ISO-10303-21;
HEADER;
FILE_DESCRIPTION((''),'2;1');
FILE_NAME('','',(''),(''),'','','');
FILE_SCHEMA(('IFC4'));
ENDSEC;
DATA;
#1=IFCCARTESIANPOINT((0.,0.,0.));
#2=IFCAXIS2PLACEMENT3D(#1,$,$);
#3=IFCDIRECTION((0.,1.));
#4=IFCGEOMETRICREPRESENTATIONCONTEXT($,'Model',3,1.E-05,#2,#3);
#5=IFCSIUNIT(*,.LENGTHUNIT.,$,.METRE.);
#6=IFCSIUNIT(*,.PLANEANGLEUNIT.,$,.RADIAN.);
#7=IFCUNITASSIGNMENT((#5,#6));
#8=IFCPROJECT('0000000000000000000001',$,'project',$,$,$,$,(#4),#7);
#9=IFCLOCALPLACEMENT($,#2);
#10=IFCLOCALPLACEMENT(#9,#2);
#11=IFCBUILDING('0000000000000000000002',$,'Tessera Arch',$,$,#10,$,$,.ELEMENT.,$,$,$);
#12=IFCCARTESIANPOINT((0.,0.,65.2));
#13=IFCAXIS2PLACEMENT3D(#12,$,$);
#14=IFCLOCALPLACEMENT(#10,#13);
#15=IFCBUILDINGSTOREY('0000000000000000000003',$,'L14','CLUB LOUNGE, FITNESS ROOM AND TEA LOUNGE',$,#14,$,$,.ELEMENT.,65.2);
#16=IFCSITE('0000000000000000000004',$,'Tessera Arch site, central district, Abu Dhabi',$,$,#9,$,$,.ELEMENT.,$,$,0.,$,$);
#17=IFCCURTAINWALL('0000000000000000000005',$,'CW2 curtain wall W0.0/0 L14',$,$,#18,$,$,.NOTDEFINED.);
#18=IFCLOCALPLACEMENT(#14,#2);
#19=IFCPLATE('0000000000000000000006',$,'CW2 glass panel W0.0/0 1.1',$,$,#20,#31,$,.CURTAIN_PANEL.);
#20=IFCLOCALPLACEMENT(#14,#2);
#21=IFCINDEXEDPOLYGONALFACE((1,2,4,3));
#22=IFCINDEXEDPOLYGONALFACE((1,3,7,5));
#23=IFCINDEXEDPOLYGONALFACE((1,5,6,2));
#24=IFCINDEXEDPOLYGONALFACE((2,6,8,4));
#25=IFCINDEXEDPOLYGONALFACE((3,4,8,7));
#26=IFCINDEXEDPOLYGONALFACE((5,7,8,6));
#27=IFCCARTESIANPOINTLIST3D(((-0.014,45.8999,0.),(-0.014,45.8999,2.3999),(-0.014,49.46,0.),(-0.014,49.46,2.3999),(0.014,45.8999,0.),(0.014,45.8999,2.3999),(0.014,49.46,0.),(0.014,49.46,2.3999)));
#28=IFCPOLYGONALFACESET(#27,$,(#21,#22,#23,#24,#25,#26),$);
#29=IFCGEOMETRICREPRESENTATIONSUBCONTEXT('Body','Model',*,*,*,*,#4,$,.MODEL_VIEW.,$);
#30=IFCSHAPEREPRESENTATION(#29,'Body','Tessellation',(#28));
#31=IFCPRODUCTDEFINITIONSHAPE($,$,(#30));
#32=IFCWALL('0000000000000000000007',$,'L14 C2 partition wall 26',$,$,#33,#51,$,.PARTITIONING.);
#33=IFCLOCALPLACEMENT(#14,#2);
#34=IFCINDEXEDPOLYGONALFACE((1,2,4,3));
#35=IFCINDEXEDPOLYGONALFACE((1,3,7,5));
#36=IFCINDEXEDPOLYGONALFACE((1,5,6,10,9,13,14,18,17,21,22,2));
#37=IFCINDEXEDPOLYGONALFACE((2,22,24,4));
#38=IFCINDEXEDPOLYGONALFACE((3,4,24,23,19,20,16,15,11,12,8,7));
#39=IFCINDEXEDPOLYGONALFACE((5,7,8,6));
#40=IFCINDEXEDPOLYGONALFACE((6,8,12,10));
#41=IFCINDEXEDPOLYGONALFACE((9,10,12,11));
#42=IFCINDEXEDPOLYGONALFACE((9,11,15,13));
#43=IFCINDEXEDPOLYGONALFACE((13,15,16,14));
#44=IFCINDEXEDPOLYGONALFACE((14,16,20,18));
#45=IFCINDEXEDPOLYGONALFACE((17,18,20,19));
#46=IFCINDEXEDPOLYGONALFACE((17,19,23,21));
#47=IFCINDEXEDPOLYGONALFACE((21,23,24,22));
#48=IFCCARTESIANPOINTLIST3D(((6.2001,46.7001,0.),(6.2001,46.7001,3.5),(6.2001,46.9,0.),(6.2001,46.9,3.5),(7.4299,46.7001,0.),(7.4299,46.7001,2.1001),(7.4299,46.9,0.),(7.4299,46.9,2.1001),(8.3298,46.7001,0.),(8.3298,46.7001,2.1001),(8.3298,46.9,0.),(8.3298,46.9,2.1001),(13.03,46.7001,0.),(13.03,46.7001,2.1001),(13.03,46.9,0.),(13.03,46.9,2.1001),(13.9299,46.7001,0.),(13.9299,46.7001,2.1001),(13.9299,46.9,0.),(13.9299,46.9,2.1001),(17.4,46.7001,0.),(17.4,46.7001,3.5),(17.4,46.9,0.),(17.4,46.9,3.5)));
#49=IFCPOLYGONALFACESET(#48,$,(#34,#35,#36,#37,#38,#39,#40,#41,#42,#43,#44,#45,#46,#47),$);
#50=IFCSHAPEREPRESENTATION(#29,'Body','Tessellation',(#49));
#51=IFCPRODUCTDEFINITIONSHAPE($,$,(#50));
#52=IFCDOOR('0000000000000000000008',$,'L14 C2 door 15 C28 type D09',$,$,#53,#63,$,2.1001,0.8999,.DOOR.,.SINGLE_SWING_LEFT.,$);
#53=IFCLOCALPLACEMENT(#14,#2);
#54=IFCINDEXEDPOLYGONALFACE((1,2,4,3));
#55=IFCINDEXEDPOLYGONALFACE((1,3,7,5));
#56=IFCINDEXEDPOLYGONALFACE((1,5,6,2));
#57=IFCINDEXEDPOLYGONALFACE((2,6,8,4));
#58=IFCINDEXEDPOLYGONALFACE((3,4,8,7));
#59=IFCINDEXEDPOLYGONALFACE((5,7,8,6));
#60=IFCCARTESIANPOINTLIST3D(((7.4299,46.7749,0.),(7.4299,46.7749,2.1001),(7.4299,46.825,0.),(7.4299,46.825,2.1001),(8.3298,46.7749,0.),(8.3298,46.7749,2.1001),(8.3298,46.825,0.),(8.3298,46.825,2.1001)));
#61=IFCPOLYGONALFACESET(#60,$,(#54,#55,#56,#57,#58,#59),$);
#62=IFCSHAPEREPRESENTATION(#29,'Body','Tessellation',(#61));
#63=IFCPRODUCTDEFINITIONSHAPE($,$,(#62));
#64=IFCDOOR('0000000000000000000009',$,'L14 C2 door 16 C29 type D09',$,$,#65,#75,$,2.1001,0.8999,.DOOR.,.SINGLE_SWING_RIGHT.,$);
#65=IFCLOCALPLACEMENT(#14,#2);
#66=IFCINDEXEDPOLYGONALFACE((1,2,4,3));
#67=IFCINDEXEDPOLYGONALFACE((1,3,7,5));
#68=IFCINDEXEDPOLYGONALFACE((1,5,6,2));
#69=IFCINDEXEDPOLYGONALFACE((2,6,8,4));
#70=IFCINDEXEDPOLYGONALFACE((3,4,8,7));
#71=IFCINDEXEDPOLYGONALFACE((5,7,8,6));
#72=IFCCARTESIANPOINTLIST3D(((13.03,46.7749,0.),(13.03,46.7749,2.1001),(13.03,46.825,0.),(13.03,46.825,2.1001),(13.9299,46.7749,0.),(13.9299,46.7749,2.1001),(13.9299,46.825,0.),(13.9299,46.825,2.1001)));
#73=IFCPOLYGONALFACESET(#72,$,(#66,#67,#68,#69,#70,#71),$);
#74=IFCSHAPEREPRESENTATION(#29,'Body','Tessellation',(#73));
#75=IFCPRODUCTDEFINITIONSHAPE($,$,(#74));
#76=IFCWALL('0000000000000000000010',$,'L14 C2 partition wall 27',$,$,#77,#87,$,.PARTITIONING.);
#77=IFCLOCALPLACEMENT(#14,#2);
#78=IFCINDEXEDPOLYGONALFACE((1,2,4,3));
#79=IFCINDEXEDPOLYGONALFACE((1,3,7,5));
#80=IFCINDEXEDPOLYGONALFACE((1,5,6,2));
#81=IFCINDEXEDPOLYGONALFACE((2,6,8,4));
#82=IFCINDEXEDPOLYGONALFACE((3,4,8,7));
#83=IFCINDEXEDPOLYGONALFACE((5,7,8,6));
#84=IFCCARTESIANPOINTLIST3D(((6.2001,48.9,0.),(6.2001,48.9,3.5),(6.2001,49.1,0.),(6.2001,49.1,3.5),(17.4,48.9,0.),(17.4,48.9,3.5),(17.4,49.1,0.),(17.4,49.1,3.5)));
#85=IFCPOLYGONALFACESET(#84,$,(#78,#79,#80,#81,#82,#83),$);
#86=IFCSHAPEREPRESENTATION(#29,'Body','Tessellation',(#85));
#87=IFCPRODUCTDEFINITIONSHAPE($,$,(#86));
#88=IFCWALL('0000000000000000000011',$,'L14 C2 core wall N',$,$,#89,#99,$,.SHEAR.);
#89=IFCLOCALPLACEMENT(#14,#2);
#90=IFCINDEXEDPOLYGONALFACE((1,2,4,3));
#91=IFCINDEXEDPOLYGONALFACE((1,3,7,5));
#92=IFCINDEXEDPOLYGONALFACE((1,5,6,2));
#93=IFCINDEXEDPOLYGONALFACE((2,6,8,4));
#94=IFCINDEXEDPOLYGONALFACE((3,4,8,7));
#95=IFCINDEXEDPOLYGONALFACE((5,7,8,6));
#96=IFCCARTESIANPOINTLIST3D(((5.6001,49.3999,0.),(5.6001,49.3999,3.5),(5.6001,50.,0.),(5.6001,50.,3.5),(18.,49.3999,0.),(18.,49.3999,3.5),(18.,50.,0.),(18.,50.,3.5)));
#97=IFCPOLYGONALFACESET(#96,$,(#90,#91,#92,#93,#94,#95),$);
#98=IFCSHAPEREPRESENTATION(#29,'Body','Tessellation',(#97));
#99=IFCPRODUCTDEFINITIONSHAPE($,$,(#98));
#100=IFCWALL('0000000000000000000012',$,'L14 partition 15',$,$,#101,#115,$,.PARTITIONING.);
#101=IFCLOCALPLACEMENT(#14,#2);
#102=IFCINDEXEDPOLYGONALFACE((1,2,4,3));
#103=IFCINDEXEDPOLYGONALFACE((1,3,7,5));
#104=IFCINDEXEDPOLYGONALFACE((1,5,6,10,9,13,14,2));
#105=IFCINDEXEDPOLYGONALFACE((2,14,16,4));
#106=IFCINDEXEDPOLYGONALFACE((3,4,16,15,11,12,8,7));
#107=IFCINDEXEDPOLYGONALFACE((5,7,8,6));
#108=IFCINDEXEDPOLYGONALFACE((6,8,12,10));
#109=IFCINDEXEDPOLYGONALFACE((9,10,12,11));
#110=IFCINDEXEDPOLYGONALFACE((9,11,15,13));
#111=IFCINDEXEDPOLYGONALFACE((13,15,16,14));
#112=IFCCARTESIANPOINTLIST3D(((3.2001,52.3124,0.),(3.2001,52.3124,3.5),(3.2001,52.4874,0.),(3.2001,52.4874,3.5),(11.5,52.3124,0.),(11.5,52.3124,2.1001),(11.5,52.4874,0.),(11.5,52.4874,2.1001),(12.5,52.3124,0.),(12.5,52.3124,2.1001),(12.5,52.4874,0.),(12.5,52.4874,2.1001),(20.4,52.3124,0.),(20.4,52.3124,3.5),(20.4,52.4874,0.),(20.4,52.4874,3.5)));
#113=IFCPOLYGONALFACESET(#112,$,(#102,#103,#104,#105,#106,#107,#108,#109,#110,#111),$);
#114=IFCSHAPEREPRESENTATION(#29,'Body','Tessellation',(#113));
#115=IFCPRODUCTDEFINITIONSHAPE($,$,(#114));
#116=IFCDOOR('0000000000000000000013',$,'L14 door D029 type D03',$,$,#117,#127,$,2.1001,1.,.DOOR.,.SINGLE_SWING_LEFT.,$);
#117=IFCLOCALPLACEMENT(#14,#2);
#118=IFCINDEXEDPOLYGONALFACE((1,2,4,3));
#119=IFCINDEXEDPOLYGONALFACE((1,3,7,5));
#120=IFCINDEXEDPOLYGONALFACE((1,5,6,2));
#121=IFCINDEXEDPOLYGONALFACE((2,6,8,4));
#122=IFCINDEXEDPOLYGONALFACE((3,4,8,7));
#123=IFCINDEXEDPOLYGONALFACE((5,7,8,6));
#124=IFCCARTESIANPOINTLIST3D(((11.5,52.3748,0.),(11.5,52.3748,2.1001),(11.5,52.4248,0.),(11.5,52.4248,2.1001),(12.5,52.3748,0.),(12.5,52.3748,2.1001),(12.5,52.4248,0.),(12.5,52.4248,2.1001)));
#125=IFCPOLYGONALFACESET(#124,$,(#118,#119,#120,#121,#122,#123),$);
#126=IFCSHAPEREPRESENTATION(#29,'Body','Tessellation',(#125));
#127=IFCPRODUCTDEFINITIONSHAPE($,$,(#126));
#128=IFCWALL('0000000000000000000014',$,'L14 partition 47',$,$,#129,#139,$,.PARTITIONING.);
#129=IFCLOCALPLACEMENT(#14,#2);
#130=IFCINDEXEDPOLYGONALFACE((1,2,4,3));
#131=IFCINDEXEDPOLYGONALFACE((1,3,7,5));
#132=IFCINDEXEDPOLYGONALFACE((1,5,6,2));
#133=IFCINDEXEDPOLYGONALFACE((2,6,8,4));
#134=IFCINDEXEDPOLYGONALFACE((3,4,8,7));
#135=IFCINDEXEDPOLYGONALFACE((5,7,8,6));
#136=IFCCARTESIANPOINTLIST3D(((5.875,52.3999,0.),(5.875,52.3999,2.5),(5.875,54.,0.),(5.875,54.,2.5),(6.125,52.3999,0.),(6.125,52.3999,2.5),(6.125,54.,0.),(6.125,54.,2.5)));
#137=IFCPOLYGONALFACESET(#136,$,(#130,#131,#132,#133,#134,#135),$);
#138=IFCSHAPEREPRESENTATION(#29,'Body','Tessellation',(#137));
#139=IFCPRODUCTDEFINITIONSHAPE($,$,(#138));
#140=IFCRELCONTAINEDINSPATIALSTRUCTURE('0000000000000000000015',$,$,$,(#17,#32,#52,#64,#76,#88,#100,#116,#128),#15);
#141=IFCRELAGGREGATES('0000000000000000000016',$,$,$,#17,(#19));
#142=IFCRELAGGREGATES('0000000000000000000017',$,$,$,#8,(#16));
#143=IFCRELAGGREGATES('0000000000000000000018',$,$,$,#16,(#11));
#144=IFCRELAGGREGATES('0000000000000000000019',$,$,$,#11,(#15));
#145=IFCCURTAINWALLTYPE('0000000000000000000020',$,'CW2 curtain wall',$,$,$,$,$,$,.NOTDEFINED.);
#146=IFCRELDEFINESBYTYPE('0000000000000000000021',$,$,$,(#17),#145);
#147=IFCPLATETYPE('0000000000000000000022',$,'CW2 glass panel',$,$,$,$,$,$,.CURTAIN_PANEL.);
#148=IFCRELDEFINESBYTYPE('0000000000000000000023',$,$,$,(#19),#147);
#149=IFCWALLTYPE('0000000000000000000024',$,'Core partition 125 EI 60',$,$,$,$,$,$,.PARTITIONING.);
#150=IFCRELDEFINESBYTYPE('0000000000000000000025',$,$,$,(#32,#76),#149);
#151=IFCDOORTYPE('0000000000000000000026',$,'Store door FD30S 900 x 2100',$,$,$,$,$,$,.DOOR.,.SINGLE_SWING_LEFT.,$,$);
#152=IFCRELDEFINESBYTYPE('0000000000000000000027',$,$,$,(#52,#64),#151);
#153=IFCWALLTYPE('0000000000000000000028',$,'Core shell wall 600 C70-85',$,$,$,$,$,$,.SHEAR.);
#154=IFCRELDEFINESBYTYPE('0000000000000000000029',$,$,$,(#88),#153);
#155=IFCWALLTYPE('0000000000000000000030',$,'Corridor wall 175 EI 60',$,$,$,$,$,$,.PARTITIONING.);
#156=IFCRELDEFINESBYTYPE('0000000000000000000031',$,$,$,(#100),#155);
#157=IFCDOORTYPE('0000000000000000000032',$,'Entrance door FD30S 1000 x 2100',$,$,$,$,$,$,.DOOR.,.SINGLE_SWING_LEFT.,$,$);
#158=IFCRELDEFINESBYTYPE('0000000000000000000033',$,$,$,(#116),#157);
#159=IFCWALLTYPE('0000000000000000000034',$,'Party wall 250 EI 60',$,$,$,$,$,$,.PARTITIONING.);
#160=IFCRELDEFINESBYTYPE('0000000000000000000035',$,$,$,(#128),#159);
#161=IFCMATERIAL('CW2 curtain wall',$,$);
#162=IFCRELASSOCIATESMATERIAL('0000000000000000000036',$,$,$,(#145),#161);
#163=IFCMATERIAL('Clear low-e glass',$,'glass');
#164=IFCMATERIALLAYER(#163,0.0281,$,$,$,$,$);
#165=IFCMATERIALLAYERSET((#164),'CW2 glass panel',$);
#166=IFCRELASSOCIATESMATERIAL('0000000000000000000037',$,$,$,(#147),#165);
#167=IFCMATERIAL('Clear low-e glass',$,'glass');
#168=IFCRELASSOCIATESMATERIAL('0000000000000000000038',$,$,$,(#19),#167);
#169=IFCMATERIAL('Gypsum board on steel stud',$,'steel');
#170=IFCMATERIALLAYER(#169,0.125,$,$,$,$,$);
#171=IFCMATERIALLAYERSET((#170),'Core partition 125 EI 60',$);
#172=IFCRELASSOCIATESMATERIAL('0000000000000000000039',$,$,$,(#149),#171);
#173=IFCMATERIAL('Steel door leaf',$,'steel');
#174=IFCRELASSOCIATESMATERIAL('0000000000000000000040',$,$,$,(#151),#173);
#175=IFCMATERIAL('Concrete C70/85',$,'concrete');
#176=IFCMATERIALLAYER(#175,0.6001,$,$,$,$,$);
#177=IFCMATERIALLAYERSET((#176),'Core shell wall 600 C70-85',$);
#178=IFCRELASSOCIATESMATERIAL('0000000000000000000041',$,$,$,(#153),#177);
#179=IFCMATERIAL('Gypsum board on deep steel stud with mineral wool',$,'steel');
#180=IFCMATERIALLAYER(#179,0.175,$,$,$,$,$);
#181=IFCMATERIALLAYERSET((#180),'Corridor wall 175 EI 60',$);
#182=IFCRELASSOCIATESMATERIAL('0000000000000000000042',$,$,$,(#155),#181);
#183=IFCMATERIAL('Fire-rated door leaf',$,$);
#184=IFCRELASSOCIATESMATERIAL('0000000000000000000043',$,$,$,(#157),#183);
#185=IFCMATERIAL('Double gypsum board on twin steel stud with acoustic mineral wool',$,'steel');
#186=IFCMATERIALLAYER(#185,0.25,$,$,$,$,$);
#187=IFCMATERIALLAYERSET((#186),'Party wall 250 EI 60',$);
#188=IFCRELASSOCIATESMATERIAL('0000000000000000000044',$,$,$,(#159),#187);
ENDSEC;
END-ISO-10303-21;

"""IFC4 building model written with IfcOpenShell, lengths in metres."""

from ifc_helpers import new_model, si_unit, direction, frame, frame_2d, origin, origin_2d, place, context, subcontext, project, spatial, rectangle, extrude, material, layer, layer_set, type_object, element, fill, aggregate, save


model = new_model("IFC4")

# Units and contexts
model_context = context("Model", 3, precision=1e-05, world=origin(), true_north=direction((0.0, 1.0)))
body_context = subcontext(model_context, "Body", "Model", "MODEL_VIEW")
ifc_project = project(units=[si_unit("LENGTHUNIT", "METRE"), si_unit("PLANEANGLEUNIT", "RADIAN")], contexts=[model_context])

# Site, building, storey
site_placement = place(None, origin())
site = spatial("IfcSite", under=ifc_project, at=site_placement, Name="Tessera Arch site, central district, Abu Dhabi", CompositionType="ELEMENT", RefElevation=0.0)
building_placement = place(site_placement, origin())
building = spatial("IfcBuilding", under=site, at=building_placement, Name="Tessera Arch", CompositionType="ELEMENT")
storey_placement = place(building_placement, frame((0.0, 0.0, 65.2)))
storey = spatial("IfcBuildingStorey", under=building, at=storey_placement, Name="L14", Description="CLUB LOUNGE, FITNESS ROOM AND TEA LOUNGE", CompositionType="ELEMENT", Elevation=65.2)

# Curtain wall
ifc_material_1 = material(Name="CW2 curtain wall")
curtain_wall_type_1 = type_object("IfcCurtainWallType", Name="CW2 curtain wall", PredefinedType="NOTDEFINED", material=ifc_material_1)
curtain_wall_1_placement = place(storey_placement, origin())
curtain_wall_1 = element("IfcCurtainWall", 1, at=curtain_wall_1_placement, inside=storey, type_object=curtain_wall_type_1, Name="CW2 curtain wall W0.0/0 L14", PredefinedType="NOTDEFINED")

# Plate
ifc_material_2 = material(Name="Clear low-e glass", Category="glass")
ifc_material_3 = material(Name="Clear low-e glass", Category="glass")
ifc_layer_1 = layer(ifc_material_3, 0.0281)
ifc_layer_set_1 = layer_set([ifc_layer_1], Name="CW2 glass panel")
plate_type_1 = type_object("IfcPlateType", Name="CW2 glass panel", PredefinedType="CURTAIN_PANEL", material=ifc_layer_set_1)
plate_1_placement = place(storey_placement, frame((0.0, 47.6799, 0.0), z_axis=(0.0, 0.0, 1.0), x_axis=(0.0, -1.0, 0.0)))
plate_1 = element("IfcPlate", 2, at=plate_1_placement, type_object=plate_type_1, material=ifc_material_2, Name="CW2 glass panel W0.0/0 1.1", PredefinedType="CURTAIN_PANEL", context=body_context, shape_type="SweptSolid", body=[
    extrude(rectangle(XDim=3.5601, YDim=0.0281, at=origin_2d()), origin(), (0.0, 0.0, 1.0), 2.3999),
])
aggregate(curtain_wall_1, [plate_1])

# Wall, openings, doors
ifc_material_4 = material(Name="Gypsum board on steel stud", Category="steel")
ifc_layer_2 = layer(ifc_material_4, 0.125)
ifc_layer_set_2 = layer_set([ifc_layer_2], Name="Core partition 125 EI 60")
wall_type_1 = type_object("IfcWallType", Name="Core partition 125 EI 60", PredefinedType="PARTITIONING", material=ifc_layer_set_2)
wall_1_placement = place(storey_placement, frame((6.2, 46.8, 0.0), z_axis=(0.0, 0.0, 1.0), x_axis=(1.0, 0.0, 0.0)))
wall_1 = element("IfcWall", 3, at=wall_1_placement, inside=storey, type_object=wall_type_1, Name="L14 C2 partition wall 26", PredefinedType="PARTITIONING", context=body_context, shape_type="SweptSolid", body=[
    extrude(rectangle(XDim=11.2, YDim=0.2, at=frame_2d((5.6001, 0.0))), origin(), (0.0, 0.0, 1.0), 3.5),
])
opening_1_placement = place(wall_1_placement, frame((1.23, 0.0, 0.0)))
opening_1 = element("IfcOpeningElement", 4, at=opening_1_placement, cuts=wall_1, PredefinedType="OPENING", context=body_context, shape_type="SweptSolid", body=[
    extrude(rectangle(XDim=0.8999, YDim=2.1001, at=frame_2d((0.45, 1.05))), frame((0.0, 0.1099, 0.0), z_axis=(0.0, -1.0, 0.0), x_axis=(1.0, 0.0, 0.0)), (0.0, 0.0, 1.0), 0.22),
])
opening_2_placement = place(wall_1_placement, frame((6.8301, 0.0, 0.0)))
opening_2 = element("IfcOpeningElement", 5, at=opening_2_placement, cuts=wall_1, PredefinedType="OPENING", context=body_context, shape_type="SweptSolid", body=[
    extrude(rectangle(XDim=0.8999, YDim=2.1001, at=frame_2d((0.45, 1.05))), frame((0.0, 0.1099, 0.0), z_axis=(0.0, -1.0, 0.0), x_axis=(1.0, 0.0, 0.0)), (0.0, 0.0, 1.0), 0.22),
])
ifc_material_5 = material(Name="Steel door leaf", Category="steel")
door_type_1 = type_object("IfcDoorType", Name="Store door FD30S 900 x 2100", OperationType="SINGLE_SWING_LEFT", PredefinedType="DOOR", material=ifc_material_5)
door_1_placement = place(opening_1_placement, origin())
door_1 = element("IfcDoor", 6, at=door_1_placement, inside=storey, type_object=door_type_1, Name="L14 C2 door 15 C28 type D09", OperationType="SINGLE_SWING_LEFT", OverallHeight=2.1001, OverallWidth=0.8999, PredefinedType="DOOR", context=body_context, shape_type="SweptSolid", body=[
    extrude(rectangle(XDim=0.8999, YDim=2.1001, at=frame_2d((0.45, 1.05))), frame((0.0, 0.0249, 0.0), z_axis=(0.0, -1.0, 0.0), x_axis=(1.0, 0.0, 0.0)), (0.0, 0.0, 1.0), 0.05),
])
fill(opening_1, door_1)
door_2_placement = place(opening_2_placement, origin())
door_2 = element("IfcDoor", 7, at=door_2_placement, inside=storey, type_object=door_type_1, Name="L14 C2 door 16 C29 type D09", OperationType="SINGLE_SWING_RIGHT", OverallHeight=2.1001, OverallWidth=0.8999, PredefinedType="DOOR", context=body_context, shape_type="SweptSolid", body=[
    extrude(rectangle(XDim=0.8999, YDim=2.1001, at=frame_2d((0.45, 1.05))), frame((0.0, 0.0249, 0.0), z_axis=(0.0, -1.0, 0.0), x_axis=(1.0, 0.0, 0.0)), (0.0, 0.0, 1.0), 0.05),
])
fill(opening_2, door_2)

# Walls
wall_2_placement = place(storey_placement, frame((6.2, 49.0, 0.0), z_axis=(0.0, 0.0, 1.0), x_axis=(1.0, 0.0, 0.0)))
element("IfcWall", 8, at=wall_2_placement, inside=storey, type_object=wall_type_1, Name="L14 C2 partition wall 27", PredefinedType="PARTITIONING", context=body_context, shape_type="SweptSolid", body=[
    extrude(rectangle(XDim=11.2, YDim=0.2, at=frame_2d((5.6001, 0.0))), origin(), (0.0, 0.0, 1.0), 3.5),
])
ifc_material_6 = material(Name="Concrete C70/85", Category="concrete")
ifc_layer_3 = layer(ifc_material_6, 0.6001)
ifc_layer_set_3 = layer_set([ifc_layer_3], Name="Core shell wall 600 C70-85")
wall_type_2 = type_object("IfcWallType", Name="Core shell wall 600 C70-85", PredefinedType="SHEAR", material=ifc_layer_set_3)
wall_3_placement = place(storey_placement, frame((5.6001, 49.7, 0.0), z_axis=(0.0, 0.0, 1.0), x_axis=(1.0, 0.0, 0.0)))
element("IfcWall", 9, at=wall_3_placement, inside=storey, type_object=wall_type_2, Name="L14 C2 core wall N", PredefinedType="SHEAR", context=body_context, shape_type="SweptSolid", body=[
    extrude(rectangle(XDim=12.3999, YDim=0.6001, at=frame_2d((6.2, 0.0))), origin(), (0.0, 0.0, 1.0), 3.5),
])

# Wall, opening, door
ifc_material_7 = material(Name="Gypsum board on deep steel stud with mineral wool", Category="steel")
ifc_layer_4 = layer(ifc_material_7, 0.175)
ifc_layer_set_4 = layer_set([ifc_layer_4], Name="Corridor wall 175 EI 60")
wall_type_3 = type_object("IfcWallType", Name="Corridor wall 175 EI 60", PredefinedType="PARTITIONING", material=ifc_layer_set_4)
wall_4_placement = place(storey_placement, frame((3.2, 52.3999, 0.0), z_axis=(0.0, 0.0, 1.0), x_axis=(1.0, 0.0, 0.0)))
wall_4 = element("IfcWall", 10, at=wall_4_placement, inside=storey, type_object=wall_type_3, Name="L14 partition 15", PredefinedType="PARTITIONING", context=body_context, shape_type="SweptSolid", body=[
    extrude(rectangle(XDim=17.2, YDim=0.175, at=frame_2d((8.6001, 0.0))), origin(), (0.0, 0.0, 1.0), 3.5),
])
opening_3_placement = place(wall_4_placement, frame((8.3, 0.0, 0.0)))
opening_3 = element("IfcOpeningElement", 11, at=opening_3_placement, cuts=wall_4, PredefinedType="OPENING", context=body_context, shape_type="SweptSolid", body=[
    extrude(rectangle(XDim=1.0, YDim=2.1001, at=frame_2d((0.5, 1.05))), frame((0.0, 0.0974, 0.0), z_axis=(0.0, -1.0, 0.0), x_axis=(1.0, 0.0, 0.0)), (0.0, 0.0, 1.0), 0.1951),
])
ifc_material_8 = material(Name="Fire-rated door leaf")
door_type_2 = type_object("IfcDoorType", Name="Entrance door FD30S 1000 x 2100", OperationType="SINGLE_SWING_LEFT", PredefinedType="DOOR", material=ifc_material_8)
door_3_placement = place(opening_3_placement, origin())
door_3 = element("IfcDoor", 12, at=door_3_placement, inside=storey, type_object=door_type_2, Name="L14 door D029 type D03", OperationType="SINGLE_SWING_LEFT", OverallHeight=2.1001, OverallWidth=1.0, PredefinedType="DOOR", context=body_context, shape_type="SweptSolid", body=[
    extrude(rectangle(XDim=1.0, YDim=2.1001, at=frame_2d((0.5, 1.05))), frame((0.0, 0.0249, 0.0), z_axis=(0.0, -1.0, 0.0), x_axis=(1.0, 0.0, 0.0)), (0.0, 0.0, 1.0), 0.05),
])
fill(opening_3, door_3)

# Wall
ifc_material_9 = material(Name="Double gypsum board on twin steel stud with acoustic mineral wool", Category="steel")
ifc_layer_5 = layer(ifc_material_9, 0.25)
ifc_layer_set_5 = layer_set([ifc_layer_5], Name="Party wall 250 EI 60")
wall_type_4 = type_object("IfcWallType", Name="Party wall 250 EI 60", PredefinedType="PARTITIONING", material=ifc_layer_set_5)
wall_5_placement = place(storey_placement, frame((6.0, 52.3999, 0.0), z_axis=(0.0, 0.0, 1.0), x_axis=(0.0, 1.0, 0.0)))
element("IfcWall", 13, at=wall_5_placement, inside=storey, type_object=wall_type_4, Name="L14 partition 47", PredefinedType="PARTITIONING", context=body_context, shape_type="SweptSolid", body=[
    extrude(rectangle(XDim=1.6001, YDim=0.25, at=frame_2d((0.8, 0.0))), origin(), (0.0, 0.0, 1.0), 2.5),
])

save(model, "model.ifc")
